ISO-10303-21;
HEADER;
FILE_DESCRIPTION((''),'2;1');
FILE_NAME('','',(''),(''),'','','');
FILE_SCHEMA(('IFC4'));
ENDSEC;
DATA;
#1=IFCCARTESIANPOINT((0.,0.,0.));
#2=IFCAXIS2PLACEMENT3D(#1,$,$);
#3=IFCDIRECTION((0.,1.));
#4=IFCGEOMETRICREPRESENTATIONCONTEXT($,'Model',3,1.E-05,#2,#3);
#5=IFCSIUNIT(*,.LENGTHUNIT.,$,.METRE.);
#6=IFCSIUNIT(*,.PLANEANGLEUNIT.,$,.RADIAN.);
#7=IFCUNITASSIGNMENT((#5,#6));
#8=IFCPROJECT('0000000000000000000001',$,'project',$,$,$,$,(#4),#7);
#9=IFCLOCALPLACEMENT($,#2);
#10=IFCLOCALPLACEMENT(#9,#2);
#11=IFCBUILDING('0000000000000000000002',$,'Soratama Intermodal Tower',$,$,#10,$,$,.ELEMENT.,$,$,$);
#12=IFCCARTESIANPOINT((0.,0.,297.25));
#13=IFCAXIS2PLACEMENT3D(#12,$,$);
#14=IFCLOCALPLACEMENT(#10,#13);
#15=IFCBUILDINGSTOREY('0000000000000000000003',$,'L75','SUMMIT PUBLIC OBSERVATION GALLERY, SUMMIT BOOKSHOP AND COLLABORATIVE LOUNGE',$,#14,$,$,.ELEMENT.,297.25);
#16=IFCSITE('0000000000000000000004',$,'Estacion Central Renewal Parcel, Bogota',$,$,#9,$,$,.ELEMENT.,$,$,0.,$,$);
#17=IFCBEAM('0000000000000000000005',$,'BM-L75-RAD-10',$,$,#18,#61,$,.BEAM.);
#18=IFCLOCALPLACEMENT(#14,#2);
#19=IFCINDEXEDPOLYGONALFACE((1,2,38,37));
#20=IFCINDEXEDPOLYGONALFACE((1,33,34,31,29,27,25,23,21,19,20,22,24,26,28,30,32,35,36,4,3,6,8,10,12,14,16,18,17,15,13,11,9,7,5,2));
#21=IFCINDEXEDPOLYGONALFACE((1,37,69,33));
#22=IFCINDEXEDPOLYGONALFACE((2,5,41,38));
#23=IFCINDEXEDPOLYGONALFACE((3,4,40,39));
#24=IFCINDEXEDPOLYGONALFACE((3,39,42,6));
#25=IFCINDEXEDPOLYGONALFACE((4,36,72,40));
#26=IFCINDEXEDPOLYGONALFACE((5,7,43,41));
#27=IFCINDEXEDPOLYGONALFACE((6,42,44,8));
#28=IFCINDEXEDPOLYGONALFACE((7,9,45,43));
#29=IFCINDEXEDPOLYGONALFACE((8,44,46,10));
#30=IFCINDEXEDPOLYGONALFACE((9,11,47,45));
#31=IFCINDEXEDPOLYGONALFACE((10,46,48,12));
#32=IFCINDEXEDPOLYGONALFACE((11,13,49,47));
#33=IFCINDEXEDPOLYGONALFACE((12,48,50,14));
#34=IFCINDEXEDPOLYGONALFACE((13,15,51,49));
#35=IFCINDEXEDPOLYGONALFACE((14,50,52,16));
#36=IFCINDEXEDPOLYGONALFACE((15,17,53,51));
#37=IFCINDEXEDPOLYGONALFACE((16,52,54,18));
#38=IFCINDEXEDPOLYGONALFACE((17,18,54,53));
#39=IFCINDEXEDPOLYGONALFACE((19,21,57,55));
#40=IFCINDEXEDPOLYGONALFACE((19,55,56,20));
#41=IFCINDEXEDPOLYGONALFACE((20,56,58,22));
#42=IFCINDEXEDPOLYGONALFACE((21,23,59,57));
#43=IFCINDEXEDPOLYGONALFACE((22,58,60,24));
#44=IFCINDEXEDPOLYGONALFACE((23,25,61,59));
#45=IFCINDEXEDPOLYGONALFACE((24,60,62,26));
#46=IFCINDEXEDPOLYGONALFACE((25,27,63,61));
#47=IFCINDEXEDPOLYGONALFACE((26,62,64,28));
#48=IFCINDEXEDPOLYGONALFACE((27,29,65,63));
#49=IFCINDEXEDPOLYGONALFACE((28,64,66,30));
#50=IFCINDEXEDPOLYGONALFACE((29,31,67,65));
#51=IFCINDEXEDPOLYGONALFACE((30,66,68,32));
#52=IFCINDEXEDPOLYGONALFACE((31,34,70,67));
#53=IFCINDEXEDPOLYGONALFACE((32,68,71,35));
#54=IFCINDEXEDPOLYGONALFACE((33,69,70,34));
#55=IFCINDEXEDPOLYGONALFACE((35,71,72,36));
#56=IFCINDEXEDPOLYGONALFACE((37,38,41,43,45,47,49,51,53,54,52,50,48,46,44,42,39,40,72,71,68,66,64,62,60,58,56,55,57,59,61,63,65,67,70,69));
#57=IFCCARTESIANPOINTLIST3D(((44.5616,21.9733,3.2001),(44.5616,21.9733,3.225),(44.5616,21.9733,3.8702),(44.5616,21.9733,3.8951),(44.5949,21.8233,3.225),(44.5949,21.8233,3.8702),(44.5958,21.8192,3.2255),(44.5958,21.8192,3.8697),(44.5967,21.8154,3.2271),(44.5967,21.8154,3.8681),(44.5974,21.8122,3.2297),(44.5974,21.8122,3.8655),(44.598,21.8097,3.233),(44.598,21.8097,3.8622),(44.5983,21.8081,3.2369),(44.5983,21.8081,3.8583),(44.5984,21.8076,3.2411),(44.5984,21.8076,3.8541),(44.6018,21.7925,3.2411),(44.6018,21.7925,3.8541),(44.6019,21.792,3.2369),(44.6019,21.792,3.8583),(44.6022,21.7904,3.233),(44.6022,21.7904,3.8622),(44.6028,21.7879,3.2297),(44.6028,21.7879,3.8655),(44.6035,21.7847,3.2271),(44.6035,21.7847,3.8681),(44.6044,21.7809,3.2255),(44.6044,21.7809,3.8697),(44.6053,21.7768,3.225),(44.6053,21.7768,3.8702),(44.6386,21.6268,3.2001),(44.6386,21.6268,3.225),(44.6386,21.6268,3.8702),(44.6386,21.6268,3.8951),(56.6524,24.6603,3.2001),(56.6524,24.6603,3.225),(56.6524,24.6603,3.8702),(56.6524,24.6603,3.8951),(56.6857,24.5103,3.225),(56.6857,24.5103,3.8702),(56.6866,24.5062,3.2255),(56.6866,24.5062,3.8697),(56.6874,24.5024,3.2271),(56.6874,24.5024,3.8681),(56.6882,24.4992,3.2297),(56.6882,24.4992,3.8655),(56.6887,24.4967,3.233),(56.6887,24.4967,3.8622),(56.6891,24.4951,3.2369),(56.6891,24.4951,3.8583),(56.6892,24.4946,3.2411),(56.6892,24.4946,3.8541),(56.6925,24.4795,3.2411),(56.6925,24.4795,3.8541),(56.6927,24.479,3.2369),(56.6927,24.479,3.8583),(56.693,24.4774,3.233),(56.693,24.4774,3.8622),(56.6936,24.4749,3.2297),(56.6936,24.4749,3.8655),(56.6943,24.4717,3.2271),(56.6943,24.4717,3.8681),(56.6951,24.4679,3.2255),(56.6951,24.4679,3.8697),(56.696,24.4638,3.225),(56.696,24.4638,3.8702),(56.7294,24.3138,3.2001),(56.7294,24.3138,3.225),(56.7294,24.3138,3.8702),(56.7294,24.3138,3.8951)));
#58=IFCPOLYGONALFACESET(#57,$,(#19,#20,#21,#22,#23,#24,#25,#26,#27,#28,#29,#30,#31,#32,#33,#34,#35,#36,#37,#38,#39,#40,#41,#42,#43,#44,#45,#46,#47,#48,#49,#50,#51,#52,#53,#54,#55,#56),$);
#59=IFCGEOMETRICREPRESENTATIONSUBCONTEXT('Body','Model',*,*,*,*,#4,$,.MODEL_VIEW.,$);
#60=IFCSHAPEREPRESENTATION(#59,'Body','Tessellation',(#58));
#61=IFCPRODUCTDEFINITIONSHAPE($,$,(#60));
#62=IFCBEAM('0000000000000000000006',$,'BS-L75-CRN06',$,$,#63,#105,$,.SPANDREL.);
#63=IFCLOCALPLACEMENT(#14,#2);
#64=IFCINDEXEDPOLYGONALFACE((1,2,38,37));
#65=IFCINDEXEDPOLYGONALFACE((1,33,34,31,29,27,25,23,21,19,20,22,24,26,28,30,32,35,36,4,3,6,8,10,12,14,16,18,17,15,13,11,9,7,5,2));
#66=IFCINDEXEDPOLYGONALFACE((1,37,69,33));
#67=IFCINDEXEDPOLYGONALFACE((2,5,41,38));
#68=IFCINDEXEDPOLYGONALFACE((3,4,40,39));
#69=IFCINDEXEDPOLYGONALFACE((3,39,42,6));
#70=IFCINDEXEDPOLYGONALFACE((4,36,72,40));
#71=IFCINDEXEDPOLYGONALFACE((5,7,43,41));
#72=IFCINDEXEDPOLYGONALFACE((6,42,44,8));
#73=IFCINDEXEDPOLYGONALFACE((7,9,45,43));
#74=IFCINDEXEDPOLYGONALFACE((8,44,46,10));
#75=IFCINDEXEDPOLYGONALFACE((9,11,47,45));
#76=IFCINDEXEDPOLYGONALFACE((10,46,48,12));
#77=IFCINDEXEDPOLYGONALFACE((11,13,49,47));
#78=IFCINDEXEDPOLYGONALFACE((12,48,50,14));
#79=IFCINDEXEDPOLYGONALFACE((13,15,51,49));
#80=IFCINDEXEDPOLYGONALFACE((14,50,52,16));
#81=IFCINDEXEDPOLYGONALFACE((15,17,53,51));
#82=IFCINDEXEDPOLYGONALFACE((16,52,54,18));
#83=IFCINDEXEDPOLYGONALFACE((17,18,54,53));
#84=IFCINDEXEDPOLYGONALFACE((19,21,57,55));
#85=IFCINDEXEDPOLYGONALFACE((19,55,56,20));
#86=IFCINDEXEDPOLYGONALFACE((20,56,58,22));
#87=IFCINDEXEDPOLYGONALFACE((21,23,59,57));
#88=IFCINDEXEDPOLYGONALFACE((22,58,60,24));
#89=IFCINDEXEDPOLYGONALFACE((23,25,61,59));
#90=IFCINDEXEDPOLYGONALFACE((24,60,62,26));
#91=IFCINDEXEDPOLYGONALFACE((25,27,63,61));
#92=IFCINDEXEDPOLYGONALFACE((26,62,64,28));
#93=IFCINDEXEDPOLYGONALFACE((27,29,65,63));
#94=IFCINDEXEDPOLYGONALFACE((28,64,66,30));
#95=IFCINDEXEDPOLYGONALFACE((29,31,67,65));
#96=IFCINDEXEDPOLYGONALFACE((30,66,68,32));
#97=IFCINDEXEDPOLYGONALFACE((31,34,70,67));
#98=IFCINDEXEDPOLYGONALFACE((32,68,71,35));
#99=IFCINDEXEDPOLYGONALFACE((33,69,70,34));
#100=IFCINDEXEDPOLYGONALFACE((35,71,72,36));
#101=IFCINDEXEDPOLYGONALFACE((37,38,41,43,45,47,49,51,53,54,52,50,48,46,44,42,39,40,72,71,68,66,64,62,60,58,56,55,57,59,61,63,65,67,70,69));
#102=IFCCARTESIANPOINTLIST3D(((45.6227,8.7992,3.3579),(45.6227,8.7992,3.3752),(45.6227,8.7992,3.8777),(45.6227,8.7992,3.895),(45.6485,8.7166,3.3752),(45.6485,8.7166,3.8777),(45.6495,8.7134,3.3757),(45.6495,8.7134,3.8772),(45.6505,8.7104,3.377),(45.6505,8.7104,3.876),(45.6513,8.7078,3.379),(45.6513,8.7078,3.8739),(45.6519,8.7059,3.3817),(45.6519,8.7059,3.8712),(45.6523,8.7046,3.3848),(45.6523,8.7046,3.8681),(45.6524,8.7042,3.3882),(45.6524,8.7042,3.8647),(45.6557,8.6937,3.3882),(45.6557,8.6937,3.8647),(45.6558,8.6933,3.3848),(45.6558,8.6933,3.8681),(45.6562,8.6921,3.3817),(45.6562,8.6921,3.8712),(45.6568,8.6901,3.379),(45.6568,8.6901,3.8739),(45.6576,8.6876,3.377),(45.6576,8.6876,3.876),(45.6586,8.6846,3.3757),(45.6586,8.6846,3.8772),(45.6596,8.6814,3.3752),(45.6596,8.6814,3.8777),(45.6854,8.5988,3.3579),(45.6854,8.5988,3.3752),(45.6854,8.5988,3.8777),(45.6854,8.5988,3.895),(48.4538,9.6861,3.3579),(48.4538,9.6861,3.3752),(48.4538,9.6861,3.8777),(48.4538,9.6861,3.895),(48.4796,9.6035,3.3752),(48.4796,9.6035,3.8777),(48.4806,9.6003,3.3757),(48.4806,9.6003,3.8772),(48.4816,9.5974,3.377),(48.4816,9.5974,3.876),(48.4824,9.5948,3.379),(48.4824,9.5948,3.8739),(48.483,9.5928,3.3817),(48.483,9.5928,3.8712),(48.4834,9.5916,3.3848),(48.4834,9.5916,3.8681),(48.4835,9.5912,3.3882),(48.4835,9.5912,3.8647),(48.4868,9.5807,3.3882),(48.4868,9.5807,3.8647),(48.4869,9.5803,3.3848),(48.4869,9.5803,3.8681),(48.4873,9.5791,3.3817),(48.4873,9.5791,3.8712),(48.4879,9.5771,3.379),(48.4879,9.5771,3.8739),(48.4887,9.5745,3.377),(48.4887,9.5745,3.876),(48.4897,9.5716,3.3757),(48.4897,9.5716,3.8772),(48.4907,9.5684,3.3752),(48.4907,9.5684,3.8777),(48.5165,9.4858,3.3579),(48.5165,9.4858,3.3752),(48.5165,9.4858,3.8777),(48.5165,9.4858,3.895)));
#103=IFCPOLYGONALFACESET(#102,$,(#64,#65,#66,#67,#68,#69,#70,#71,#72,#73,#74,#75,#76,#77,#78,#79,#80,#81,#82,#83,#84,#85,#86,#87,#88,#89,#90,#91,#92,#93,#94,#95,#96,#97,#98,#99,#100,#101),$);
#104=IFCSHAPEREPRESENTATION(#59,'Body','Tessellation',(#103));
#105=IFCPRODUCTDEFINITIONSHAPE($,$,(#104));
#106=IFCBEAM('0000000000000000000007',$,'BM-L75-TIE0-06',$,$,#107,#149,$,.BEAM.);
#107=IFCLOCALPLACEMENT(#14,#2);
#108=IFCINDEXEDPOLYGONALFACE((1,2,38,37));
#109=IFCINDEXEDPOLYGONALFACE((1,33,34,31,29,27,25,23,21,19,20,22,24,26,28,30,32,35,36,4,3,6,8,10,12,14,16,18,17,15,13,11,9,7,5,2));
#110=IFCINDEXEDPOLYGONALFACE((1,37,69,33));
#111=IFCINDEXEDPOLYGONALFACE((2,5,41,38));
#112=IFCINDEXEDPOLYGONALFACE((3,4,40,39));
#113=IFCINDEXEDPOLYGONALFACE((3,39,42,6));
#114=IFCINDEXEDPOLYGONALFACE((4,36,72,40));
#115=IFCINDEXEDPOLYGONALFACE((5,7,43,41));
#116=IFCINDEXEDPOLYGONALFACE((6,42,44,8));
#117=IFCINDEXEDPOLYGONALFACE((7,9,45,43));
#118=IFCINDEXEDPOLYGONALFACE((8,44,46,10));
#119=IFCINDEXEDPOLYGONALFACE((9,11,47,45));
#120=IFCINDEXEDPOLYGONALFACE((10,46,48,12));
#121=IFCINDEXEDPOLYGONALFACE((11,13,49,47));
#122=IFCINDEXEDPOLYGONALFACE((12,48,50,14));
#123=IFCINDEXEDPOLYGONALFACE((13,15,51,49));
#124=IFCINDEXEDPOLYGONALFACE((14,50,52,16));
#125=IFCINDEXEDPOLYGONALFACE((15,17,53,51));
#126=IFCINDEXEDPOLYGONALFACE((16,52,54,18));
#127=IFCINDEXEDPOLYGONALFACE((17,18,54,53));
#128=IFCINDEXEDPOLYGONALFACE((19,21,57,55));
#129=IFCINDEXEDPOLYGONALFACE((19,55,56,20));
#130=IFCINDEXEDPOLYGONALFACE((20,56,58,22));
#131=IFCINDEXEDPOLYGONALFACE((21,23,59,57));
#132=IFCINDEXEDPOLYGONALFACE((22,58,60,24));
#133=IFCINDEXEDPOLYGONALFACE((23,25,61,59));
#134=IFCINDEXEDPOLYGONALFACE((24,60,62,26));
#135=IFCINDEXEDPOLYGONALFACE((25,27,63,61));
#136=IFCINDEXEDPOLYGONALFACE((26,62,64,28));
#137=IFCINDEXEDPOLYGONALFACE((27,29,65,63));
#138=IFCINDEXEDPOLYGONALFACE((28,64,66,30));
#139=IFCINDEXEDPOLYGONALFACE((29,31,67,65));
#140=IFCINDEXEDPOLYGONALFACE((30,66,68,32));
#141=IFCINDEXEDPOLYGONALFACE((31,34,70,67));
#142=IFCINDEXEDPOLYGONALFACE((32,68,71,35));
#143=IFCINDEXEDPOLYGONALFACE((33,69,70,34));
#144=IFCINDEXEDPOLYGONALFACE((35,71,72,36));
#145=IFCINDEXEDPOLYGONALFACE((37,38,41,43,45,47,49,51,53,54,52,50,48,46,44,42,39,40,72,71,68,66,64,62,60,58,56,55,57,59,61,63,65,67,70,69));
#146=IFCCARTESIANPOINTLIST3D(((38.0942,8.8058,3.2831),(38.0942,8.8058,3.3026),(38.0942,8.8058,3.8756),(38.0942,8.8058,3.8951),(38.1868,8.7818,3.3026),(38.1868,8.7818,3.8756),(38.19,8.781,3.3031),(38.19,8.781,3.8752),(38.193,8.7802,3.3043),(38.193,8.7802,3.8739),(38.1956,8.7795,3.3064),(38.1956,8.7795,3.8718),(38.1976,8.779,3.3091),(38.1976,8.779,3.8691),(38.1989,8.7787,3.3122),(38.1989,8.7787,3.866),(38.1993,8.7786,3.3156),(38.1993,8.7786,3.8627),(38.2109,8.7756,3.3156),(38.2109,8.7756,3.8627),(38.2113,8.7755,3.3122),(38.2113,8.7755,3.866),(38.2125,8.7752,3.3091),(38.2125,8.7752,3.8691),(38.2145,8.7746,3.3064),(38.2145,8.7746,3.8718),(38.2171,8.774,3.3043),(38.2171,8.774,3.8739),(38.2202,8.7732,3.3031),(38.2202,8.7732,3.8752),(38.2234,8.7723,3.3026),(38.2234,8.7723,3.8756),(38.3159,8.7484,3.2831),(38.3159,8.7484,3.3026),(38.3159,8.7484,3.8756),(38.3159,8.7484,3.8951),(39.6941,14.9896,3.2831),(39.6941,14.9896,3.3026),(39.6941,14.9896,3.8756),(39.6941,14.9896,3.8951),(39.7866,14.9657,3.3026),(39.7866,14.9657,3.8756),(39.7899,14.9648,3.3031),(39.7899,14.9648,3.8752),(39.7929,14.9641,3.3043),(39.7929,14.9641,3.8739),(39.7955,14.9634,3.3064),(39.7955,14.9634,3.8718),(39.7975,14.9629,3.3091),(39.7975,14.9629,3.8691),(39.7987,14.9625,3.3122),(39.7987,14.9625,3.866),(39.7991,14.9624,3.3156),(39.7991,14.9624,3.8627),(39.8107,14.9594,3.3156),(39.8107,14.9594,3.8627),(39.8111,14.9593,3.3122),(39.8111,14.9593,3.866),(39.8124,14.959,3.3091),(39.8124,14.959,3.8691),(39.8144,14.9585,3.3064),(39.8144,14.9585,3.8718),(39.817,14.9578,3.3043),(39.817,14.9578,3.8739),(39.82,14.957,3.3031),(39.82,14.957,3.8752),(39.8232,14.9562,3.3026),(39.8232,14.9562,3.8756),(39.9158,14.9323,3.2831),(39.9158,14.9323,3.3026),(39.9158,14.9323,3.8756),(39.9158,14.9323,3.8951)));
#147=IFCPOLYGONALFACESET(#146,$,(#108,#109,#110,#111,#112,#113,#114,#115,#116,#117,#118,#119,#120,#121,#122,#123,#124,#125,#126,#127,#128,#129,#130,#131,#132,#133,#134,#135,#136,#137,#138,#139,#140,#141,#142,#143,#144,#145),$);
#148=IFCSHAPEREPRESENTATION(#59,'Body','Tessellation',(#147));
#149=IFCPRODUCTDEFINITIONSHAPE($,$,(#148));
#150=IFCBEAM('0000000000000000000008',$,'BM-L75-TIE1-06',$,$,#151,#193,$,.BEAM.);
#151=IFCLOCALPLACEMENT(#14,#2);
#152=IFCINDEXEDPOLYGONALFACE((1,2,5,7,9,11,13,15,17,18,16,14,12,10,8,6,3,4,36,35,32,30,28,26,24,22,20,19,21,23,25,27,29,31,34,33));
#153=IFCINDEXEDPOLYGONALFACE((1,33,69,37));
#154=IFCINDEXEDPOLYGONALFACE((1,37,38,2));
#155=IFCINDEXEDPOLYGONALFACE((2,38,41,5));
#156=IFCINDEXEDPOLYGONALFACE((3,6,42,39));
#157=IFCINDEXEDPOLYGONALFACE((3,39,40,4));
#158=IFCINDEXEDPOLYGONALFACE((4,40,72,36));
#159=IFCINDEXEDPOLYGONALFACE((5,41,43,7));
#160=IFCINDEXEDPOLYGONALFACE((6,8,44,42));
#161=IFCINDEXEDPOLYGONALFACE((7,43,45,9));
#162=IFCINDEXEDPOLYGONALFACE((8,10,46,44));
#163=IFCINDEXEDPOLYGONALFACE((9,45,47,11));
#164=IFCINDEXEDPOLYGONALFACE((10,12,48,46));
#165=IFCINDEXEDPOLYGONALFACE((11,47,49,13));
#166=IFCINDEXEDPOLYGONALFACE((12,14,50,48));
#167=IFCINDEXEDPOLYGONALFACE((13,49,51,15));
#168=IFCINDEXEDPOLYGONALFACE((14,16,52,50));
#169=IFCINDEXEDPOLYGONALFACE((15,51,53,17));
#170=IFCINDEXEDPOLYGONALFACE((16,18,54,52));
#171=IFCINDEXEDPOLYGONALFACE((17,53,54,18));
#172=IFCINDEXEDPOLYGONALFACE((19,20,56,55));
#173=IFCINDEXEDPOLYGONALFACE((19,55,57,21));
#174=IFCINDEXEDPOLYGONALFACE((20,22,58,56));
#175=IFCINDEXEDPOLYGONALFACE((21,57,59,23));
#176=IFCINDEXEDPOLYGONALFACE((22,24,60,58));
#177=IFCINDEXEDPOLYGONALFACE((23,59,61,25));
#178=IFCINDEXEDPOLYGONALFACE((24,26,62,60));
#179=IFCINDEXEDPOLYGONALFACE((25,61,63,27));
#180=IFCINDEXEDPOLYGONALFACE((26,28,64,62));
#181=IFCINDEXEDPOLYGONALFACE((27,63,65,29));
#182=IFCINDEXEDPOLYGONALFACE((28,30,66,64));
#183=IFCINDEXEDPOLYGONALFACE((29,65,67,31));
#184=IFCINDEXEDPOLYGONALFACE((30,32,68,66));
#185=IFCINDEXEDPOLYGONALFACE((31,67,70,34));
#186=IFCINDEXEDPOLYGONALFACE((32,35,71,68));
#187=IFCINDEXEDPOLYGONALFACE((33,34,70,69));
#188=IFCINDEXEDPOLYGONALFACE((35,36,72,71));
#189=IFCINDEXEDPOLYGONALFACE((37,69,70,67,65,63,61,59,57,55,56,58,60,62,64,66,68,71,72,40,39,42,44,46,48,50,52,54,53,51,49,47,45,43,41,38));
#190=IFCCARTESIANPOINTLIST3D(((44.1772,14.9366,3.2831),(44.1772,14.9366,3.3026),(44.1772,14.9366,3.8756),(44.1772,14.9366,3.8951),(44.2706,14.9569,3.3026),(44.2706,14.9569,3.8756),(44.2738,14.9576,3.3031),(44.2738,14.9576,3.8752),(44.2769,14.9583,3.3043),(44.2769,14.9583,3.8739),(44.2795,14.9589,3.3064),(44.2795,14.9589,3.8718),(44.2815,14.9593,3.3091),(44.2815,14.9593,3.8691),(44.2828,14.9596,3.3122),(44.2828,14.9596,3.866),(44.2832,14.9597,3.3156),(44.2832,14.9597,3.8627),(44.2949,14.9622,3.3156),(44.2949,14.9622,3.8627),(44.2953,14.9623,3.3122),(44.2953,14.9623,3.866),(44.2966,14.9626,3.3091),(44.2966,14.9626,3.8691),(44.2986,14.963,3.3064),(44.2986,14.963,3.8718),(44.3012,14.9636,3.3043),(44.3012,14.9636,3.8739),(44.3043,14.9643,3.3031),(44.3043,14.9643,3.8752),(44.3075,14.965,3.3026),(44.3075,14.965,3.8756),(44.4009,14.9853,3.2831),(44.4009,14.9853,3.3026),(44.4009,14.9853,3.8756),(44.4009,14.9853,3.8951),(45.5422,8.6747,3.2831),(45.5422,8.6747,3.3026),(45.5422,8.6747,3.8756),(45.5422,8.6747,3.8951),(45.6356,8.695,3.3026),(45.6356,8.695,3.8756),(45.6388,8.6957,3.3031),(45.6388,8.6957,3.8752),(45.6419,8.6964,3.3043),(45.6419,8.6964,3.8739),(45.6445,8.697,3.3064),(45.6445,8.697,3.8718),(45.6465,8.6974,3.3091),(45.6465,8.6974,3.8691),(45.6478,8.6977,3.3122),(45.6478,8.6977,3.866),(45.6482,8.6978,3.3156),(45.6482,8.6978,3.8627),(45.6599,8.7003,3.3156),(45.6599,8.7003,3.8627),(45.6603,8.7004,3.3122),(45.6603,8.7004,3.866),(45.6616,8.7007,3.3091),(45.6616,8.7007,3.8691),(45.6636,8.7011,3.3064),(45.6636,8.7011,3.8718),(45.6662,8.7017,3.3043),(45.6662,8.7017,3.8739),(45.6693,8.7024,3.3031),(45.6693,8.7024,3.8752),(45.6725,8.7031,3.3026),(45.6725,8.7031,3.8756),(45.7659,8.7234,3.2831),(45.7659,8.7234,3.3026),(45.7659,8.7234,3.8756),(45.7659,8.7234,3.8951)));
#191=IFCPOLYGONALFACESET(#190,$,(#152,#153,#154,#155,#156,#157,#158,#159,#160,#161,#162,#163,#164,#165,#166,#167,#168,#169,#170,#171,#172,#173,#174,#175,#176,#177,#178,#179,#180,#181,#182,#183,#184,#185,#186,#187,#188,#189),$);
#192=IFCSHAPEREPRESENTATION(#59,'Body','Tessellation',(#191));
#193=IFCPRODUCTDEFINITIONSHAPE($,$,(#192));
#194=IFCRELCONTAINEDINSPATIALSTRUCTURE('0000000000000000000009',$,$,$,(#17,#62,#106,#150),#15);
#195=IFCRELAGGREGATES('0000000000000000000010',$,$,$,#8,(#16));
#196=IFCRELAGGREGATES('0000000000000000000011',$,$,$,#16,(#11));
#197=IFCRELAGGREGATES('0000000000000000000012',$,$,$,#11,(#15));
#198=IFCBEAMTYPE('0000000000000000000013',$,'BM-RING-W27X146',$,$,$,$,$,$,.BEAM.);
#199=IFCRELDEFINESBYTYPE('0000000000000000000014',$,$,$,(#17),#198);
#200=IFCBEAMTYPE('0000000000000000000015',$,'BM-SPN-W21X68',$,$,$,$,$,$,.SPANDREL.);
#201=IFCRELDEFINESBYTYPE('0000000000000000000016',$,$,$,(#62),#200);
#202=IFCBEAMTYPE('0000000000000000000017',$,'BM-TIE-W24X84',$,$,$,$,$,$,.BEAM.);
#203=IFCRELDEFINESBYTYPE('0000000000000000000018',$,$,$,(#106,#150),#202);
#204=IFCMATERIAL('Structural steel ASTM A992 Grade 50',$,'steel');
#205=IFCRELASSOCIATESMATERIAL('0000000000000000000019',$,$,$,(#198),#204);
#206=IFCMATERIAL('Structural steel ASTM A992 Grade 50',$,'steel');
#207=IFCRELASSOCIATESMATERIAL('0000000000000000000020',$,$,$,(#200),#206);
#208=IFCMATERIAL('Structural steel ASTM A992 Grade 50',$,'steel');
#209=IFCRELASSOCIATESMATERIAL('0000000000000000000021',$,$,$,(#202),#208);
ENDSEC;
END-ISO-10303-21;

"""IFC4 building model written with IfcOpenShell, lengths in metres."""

from ifc_helpers import new_model, si_unit, direction, frame, origin, origin_2d, place, context, subcontext, project, spatial, i_section, extrude, material, material_profile, profile_set, type_object, element, save


model = new_model("IFC4")

# Units and contexts
model_context = context("Model", 3, precision=1e-05, world=origin(), true_north=direction((0.0, 1.0)))
body_context = subcontext(model_context, "Body", "Model", "MODEL_VIEW")
ifc_project = project(units=[si_unit("LENGTHUNIT", "METRE"), si_unit("PLANEANGLEUNIT", "RADIAN")], contexts=[model_context])

# Site, building, storey
site_placement = place(None, origin())
site = spatial("IfcSite", under=ifc_project, at=site_placement, Name="Estacion Central Renewal Parcel, Bogota", CompositionType="ELEMENT", RefElevation=0.0)
building_placement = place(site_placement, origin())
building = spatial("IfcBuilding", under=site, at=building_placement, Name="Soratama Intermodal Tower", CompositionType="ELEMENT")
storey_placement = place(building_placement, frame((0.0, 0.0, 297.25)))
storey = spatial("IfcBuildingStorey", under=building, at=storey_placement, Name="L75", Description="SUMMIT PUBLIC OBSERVATION GALLERY, SUMMIT BOOKSHOP AND COLLABORATIVE LOUNGE", CompositionType="ELEMENT", Elevation=297.25)

# Beams
ifc_material_1 = material(Name="Structural steel ASTM A992 Grade 50", Category="steel")
ifc_material_profile_1 = material_profile(ifc_material_1, i_section(OverallWidth=0.355, OverallDepth=0.6951, WebThickness=0.0154, FlangeThickness=0.0249, FilletRadius=0.0161, at=origin_2d()), Name="W27X146")
ifc_profile_set_1 = profile_set([ifc_material_profile_1], Name="Structural steel ASTM A992 Grade 50")
beam_type_1 = type_object("IfcBeamType", Name="BM-RING-W27X146", PredefinedType="BEAM", material=ifc_profile_set_1)
beam_1_placement = place(storey_placement, frame((44.6001, 21.8, 3.5476), z_axis=(0.976184, 0.216943, 0.0), x_axis=(-0.216943, 0.976184, 0.0)))
element("IfcBeam", 1, at=beam_1_placement, inside=storey, type_object=beam_type_1, Name="BM-L75-RAD-10", PredefinedType="BEAM", context=body_context, shape_type="SweptSolid", body=[
    extrude(i_section(OverallWidth=0.355, OverallDepth=0.6951, WebThickness=0.0154, FlangeThickness=0.0249, FilletRadius=0.0161, at=origin_2d()), origin(), (0.0, 0.0, 1.0), 12.3857),
])
ifc_material_2 = material(Name="Structural steel ASTM A992 Grade 50", Category="steel")
ifc_material_profile_2 = material_profile(ifc_material_2, i_section(OverallWidth=0.21, OverallDepth=0.5371, WebThickness=0.011, FlangeThickness=0.0173, FilletRadius=0.0129, at=origin_2d()), Name="W21X68")
ifc_profile_set_2 = profile_set([ifc_material_profile_2], Name="Structural steel ASTM A992 Grade 50")
beam_type_2 = type_object("IfcBeamType", Name="BM-SPN-W21X68", PredefinedType="SPANDREL", material=ifc_profile_set_2)
beam_2_placement = place(storey_placement, frame((45.6541, 8.699, 3.6265), z_axis=(0.954263, 0.298968, 0.0), x_axis=(-0.298968, 0.954263, 0.0)))
element("IfcBeam", 2, at=beam_2_placement, inside=storey, type_object=beam_type_2, Name="BS-L75-CRN06", PredefinedType="SPANDREL", context=body_context, shape_type="SweptSolid", body=[
    extrude(i_section(OverallWidth=0.21, OverallDepth=0.5371, WebThickness=0.011, FlangeThickness=0.0173, FilletRadius=0.0129, at=origin_2d()), origin(), (0.0, 0.0, 1.0), 2.9668),
])
ifc_material_3 = material(Name="Structural steel ASTM A992 Grade 50", Category="steel")
ifc_material_profile_3 = material_profile(ifc_material_3, i_section(OverallWidth=0.229, OverallDepth=0.6121, WebThickness=0.012, FlangeThickness=0.0195, FilletRadius=0.0129, at=origin_2d()), Name="W24X84")
ifc_profile_set_3 = profile_set([ifc_material_profile_3], Name="Structural steel ASTM A992 Grade 50")
beam_type_3 = type_object("IfcBeamType", Name="BM-TIE-W24X84", PredefinedType="BEAM", material=ifc_profile_set_3)
beam_3_placement = place(storey_placement, frame((39.8049, 14.9609, 3.5891), z_axis=(-0.250469, -0.968125, 0.0), x_axis=(0.968125, -0.250469, 0.0)))
element("IfcBeam", 3, at=beam_3_placement, inside=storey, type_object=beam_type_3, Name="BM-L75-TIE0-06", PredefinedType="BEAM", context=body_context, shape_type="SweptSolid", body=[
    extrude(i_section(OverallWidth=0.229, OverallDepth=0.6121, WebThickness=0.012, FlangeThickness=0.0195, FilletRadius=0.0129, at=origin_2d()), origin(), (0.0, 0.0, 1.0), 6.3875),
])
beam_4_placement = place(storey_placement, frame((44.2891, 14.9609, 3.5891), z_axis=(0.21298, -0.977057, 0.0), x_axis=(0.977057, 0.21298, 0.0)))
element("IfcBeam", 4, at=beam_4_placement, inside=storey, type_object=beam_type_3, Name="BM-L75-TIE1-06", PredefinedType="BEAM", context=body_context, shape_type="SweptSolid", body=[
    extrude(i_section(OverallWidth=0.229, OverallDepth=0.6121, WebThickness=0.012, FlangeThickness=0.0195, FilletRadius=0.0129, at=origin_2d()), origin(), (0.0, 0.0, 1.0), 6.4089),
])

save(model, "model.ifc")
